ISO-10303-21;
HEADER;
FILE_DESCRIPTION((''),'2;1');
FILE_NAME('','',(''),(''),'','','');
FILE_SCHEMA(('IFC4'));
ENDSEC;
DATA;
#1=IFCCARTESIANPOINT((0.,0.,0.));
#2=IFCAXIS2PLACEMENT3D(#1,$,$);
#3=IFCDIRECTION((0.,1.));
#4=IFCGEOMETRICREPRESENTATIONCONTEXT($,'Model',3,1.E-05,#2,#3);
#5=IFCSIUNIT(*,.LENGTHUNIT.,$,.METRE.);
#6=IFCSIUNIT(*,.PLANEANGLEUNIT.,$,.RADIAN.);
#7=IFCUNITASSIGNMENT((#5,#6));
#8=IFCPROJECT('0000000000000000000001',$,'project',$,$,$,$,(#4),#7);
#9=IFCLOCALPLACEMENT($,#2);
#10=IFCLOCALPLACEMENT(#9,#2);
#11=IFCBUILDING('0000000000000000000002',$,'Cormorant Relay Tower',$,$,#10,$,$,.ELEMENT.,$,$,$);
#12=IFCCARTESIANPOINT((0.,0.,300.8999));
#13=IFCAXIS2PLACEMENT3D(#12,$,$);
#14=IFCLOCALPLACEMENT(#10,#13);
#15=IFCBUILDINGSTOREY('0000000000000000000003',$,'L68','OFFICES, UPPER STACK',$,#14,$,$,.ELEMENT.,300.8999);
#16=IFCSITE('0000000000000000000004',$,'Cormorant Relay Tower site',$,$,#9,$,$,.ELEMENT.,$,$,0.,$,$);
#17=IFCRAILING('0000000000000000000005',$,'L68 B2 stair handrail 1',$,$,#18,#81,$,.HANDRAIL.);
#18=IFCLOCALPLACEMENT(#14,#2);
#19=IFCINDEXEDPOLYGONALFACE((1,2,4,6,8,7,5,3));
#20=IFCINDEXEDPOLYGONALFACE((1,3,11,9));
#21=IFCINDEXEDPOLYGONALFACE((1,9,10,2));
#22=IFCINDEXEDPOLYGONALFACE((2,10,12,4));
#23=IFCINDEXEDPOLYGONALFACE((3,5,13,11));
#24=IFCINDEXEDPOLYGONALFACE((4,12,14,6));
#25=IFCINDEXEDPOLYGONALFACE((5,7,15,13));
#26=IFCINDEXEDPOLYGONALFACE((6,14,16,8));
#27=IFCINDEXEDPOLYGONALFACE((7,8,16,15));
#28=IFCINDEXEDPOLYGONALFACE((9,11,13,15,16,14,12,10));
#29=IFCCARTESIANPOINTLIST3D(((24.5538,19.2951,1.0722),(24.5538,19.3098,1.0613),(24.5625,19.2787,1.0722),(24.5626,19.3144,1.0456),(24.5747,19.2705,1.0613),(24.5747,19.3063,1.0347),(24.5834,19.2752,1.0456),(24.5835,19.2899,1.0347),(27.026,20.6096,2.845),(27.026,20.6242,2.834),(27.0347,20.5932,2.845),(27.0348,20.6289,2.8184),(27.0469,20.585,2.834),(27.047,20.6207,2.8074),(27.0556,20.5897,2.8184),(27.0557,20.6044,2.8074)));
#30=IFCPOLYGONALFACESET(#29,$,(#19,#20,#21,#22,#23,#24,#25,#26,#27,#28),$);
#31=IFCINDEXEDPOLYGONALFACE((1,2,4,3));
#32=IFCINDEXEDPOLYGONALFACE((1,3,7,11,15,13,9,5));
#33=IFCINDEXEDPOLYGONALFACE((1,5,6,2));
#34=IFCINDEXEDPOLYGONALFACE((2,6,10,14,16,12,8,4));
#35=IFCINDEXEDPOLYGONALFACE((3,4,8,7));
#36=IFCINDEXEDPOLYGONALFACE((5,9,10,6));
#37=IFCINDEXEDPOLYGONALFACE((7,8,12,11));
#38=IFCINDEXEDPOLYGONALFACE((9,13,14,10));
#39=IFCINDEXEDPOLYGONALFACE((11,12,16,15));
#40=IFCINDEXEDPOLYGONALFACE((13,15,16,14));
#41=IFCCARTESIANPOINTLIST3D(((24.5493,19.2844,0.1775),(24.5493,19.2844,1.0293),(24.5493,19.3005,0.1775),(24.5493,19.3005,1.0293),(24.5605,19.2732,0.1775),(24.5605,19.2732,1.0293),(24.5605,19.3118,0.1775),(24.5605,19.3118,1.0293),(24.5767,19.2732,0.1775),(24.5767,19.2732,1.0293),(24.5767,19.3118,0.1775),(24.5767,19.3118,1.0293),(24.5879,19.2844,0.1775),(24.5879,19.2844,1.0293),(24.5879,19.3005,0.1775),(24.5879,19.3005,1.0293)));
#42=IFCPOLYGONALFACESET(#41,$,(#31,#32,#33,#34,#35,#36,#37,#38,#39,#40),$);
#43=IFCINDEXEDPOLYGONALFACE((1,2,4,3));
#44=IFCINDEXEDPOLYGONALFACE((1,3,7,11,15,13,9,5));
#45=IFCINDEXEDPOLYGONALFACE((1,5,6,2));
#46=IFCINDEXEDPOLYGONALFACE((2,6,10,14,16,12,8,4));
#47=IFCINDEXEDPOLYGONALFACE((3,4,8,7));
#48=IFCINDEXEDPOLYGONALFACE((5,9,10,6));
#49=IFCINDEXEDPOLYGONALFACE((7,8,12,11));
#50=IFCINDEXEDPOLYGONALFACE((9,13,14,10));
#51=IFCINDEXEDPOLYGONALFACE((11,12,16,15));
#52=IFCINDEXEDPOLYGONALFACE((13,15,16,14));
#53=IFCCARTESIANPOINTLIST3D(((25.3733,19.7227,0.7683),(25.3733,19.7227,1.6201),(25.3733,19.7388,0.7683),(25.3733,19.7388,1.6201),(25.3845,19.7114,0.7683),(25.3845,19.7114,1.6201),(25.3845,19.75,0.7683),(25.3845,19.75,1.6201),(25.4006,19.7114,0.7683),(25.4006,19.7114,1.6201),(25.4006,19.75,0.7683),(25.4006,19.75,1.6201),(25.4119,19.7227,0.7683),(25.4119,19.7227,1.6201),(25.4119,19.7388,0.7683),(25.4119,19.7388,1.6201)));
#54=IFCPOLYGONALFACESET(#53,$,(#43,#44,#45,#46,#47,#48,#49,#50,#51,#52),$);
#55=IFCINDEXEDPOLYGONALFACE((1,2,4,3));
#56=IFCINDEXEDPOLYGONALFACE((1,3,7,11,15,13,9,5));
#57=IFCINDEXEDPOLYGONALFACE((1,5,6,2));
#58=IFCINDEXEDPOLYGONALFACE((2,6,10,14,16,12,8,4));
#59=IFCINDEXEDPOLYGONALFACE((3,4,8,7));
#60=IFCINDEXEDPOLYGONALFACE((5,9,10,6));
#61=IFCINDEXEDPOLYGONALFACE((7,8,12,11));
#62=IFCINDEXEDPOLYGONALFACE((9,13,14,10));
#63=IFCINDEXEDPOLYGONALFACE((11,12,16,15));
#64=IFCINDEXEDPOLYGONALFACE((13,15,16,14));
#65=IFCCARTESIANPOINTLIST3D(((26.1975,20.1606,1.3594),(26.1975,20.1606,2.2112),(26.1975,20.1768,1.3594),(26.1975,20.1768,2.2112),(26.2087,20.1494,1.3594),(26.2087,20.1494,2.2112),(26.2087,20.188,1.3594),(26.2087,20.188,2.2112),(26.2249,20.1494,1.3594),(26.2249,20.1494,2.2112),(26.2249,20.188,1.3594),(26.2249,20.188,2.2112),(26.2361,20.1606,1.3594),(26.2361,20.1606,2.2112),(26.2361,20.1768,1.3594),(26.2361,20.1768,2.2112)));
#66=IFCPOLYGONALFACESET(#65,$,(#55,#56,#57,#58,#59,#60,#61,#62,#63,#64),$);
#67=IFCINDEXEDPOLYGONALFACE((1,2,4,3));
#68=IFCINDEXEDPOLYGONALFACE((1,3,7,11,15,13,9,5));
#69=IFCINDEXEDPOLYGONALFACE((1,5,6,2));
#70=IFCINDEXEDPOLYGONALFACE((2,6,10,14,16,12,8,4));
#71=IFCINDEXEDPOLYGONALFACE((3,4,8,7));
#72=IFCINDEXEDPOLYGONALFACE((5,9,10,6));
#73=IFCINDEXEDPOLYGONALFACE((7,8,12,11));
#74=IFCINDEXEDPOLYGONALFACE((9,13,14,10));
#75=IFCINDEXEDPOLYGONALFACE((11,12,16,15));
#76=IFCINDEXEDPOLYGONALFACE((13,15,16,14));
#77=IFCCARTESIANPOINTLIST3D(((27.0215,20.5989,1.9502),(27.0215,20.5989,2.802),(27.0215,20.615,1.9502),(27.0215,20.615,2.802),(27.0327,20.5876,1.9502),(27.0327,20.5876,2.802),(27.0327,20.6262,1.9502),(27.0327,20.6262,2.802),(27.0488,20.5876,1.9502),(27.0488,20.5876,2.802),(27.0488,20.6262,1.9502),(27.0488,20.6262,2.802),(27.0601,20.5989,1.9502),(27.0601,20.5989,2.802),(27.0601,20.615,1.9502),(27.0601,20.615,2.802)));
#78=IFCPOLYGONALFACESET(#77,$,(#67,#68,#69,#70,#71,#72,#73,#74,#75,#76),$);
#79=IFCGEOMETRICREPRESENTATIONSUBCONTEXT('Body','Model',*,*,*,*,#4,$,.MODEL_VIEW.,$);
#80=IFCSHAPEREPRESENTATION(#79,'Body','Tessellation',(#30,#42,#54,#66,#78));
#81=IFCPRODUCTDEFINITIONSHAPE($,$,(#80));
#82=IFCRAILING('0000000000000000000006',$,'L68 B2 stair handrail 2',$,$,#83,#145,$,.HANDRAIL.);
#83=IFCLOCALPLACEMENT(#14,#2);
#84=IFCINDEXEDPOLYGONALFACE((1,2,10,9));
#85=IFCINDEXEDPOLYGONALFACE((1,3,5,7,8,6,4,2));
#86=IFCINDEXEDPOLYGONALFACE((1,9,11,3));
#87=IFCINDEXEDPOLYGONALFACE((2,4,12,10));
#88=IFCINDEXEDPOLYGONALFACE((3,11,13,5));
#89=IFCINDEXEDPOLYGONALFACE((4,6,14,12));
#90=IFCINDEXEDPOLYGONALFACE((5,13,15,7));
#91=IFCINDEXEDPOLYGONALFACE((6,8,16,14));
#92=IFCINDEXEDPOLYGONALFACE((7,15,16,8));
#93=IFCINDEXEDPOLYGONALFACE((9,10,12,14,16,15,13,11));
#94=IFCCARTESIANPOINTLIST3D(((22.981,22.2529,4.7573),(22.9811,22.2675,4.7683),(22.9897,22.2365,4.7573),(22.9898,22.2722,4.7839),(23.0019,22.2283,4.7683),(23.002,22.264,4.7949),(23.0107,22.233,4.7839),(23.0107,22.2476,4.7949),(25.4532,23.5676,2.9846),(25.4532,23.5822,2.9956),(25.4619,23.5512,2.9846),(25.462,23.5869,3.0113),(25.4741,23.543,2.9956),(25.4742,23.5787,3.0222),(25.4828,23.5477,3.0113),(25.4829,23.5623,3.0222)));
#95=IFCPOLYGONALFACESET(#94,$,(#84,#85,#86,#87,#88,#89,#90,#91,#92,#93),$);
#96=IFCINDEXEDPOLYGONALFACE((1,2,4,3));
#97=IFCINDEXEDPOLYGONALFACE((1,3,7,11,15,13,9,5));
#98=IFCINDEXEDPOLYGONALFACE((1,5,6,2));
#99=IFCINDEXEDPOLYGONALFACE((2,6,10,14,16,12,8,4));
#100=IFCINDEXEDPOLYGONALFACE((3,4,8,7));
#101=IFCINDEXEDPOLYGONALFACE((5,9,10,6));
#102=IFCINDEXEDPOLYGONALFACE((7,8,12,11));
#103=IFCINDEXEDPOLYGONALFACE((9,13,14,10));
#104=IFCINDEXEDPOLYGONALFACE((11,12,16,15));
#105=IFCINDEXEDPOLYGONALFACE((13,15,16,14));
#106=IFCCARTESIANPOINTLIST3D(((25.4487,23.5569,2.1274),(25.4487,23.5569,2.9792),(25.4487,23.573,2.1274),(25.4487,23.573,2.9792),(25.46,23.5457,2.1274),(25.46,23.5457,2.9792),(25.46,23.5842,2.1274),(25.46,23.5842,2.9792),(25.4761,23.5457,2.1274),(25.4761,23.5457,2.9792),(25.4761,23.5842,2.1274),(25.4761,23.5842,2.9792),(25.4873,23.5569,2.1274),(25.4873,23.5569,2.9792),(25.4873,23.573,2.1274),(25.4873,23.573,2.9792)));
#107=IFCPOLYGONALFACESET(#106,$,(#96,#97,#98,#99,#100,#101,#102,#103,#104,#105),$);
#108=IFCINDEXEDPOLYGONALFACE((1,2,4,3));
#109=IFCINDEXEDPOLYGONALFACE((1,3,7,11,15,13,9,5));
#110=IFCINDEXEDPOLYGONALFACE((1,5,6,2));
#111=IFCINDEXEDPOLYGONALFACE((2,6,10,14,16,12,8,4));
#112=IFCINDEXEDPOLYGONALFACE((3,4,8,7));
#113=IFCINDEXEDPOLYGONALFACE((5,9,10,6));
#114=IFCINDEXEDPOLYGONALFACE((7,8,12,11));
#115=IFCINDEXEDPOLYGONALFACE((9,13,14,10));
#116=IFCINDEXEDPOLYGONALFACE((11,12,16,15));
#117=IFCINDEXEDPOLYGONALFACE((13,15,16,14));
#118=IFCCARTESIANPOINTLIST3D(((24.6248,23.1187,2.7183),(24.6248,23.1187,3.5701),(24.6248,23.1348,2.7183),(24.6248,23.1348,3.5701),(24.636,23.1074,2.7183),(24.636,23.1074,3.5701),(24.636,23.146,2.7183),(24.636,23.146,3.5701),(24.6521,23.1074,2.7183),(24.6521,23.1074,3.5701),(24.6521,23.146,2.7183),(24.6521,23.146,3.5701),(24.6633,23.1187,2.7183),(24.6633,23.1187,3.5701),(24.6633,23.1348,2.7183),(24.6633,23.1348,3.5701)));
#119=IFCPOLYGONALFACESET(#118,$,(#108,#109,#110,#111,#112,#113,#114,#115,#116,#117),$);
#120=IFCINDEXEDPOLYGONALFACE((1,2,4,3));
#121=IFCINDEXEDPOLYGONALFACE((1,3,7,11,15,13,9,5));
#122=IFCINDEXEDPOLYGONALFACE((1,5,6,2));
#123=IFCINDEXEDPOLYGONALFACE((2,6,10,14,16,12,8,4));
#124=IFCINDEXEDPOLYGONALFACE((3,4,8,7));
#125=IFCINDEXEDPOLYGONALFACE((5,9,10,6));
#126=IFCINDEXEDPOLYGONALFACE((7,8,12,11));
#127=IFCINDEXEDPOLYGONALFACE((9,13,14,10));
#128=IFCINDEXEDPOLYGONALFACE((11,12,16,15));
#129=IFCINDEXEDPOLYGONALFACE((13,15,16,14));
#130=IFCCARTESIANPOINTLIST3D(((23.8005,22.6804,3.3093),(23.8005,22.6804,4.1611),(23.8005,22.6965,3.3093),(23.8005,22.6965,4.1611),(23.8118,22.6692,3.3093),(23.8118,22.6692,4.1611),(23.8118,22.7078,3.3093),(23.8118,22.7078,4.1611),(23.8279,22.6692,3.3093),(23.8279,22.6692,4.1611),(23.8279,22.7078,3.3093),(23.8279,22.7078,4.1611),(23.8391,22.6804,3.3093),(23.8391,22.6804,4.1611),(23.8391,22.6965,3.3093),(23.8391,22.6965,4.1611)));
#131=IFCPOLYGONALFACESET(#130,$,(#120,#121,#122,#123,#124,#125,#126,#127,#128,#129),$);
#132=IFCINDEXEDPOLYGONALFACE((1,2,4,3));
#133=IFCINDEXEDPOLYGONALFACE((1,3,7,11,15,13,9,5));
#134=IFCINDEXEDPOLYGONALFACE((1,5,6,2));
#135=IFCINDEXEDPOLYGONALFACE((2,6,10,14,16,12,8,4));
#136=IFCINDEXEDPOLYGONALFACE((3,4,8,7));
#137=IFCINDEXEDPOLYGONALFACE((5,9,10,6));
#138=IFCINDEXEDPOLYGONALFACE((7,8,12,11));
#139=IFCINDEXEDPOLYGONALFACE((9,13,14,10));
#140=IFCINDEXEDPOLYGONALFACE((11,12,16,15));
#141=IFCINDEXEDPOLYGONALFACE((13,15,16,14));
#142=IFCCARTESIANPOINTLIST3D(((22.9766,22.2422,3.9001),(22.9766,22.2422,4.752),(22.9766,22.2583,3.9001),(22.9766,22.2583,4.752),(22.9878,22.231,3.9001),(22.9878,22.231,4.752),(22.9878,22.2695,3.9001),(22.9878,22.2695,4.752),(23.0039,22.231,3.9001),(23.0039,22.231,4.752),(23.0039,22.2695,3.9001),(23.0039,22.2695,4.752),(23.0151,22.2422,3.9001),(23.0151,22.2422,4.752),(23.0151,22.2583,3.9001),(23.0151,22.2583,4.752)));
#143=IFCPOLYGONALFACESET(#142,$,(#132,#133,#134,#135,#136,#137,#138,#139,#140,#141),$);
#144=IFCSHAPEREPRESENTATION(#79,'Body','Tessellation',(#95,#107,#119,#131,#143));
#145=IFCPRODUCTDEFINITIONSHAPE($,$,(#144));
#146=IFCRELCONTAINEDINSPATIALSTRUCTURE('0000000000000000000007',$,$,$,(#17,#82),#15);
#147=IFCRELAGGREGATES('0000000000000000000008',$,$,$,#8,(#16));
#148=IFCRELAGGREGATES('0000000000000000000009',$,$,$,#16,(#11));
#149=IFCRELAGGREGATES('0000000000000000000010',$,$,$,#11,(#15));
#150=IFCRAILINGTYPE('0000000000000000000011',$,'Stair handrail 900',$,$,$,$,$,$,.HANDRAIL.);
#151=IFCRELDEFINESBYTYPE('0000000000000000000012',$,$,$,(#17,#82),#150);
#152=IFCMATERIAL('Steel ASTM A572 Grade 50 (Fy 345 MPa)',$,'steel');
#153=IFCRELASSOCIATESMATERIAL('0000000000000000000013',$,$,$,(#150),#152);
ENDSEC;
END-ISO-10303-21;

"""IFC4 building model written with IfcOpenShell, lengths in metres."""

from ifc_helpers import new_model, si_unit, direction, frame, origin, place, context, subcontext, project, spatial, polyline, outline, extrude, material, type_object, element, save


model = new_model("IFC4")

# Units and contexts
model_context = context("Model", 3, precision=1e-05, world=origin(), true_north=direction((0.0, 1.0)))
body_context = subcontext(model_context, "Body", "Model", "MODEL_VIEW")
ifc_project = project(units=[si_unit("LENGTHUNIT", "METRE"), si_unit("PLANEANGLEUNIT", "RADIAN")], contexts=[model_context])

# Site, building, storey
site_placement = place(None, origin())
site = spatial("IfcSite", under=ifc_project, at=site_placement, Name="Cormorant Relay Tower site", CompositionType="ELEMENT", RefElevation=0.0)
building_placement = place(site_placement, origin())
building = spatial("IfcBuilding", under=site, at=building_placement, Name="Cormorant Relay Tower", CompositionType="ELEMENT")
storey_placement = place(building_placement, frame((0.0, 0.0, 300.8999)))
storey = spatial("IfcBuildingStorey", under=building, at=storey_placement, Name="L68", Description="OFFICES, UPPER STACK", CompositionType="ELEMENT", Elevation=300.8999)

# Railings
ifc_material_1 = material(Name="Steel ASTM A572 Grade 50 (Fy 345 MPa)", Category="steel")
railing_type_1 = type_object("IfcRailingType", Name="Stair handrail 900", PredefinedType="HANDRAIL", material=ifc_material_1)
railing_1_placement = place(storey_placement, frame((24.5686, 19.2925, 0.1775)))
element("IfcRailing", 1, at=railing_1_placement, inside=storey, type_object=railing_type_1, Name="L68 B2 stair handrail 1", PredefinedType="HANDRAIL", context=body_context, shape_type="SweptSolid", body=[
    extrude(outline(polyline([(0.0222, 0.0093), (0.0093, 0.0222), (-0.0093, 0.0222), (-0.0222, 0.0093), (-0.0222, -0.0093), (-0.0093, -0.0222), (0.0093, -0.0222), (0.0222, -0.0093), (0.0222, 0.0093)])), frame((0.0, 0.0, 0.876), z_axis=(0.746001, 0.396649, 0.534931), x_axis=(-0.469465, 0.882951, 0.0)), (0.0, 0.0, 1.0), 3.314),
    extrude(outline(polyline([(0.0193, 0.0081), (0.0081, 0.0193), (-0.0081, 0.0193), (-0.0193, 0.0081), (-0.0193, -0.0081), (-0.0081, -0.0193), (0.0081, -0.0193), (0.0193, -0.0081), (0.0193, 0.0081)])), origin(), (0.0, 0.0, 1.0), 0.8518),
    extrude(outline(polyline([(0.0193, 0.0081), (0.0081, 0.0193), (-0.0081, 0.0193), (-0.0193, 0.0081), (-0.0193, -0.0081), (-0.0081, -0.0193), (0.0081, -0.0193), (0.0193, -0.0081), (0.0193, 0.0081)])), frame((0.824, 0.4382, 0.5908)), (0.0, 0.0, 1.0), 0.8518),
    extrude(outline(polyline([(0.0193, 0.0081), (0.0081, 0.0193), (-0.0081, 0.0193), (-0.0193, 0.0081), (-0.0193, -0.0081), (-0.0081, -0.0193), (0.0081, -0.0193), (0.0193, -0.0081), (0.0193, 0.0081)])), frame((1.6482, 0.8762, 1.1819)), (0.0, 0.0, 1.0), 0.8518),
    extrude(outline(polyline([(0.0193, 0.0081), (0.0081, 0.0193), (-0.0081, 0.0193), (-0.0193, 0.0081), (-0.0193, -0.0081), (-0.0081, -0.0193), (0.0081, -0.0193), (0.0193, -0.0081), (0.0193, 0.0081)])), frame((2.4722, 1.3145, 1.7727)), (0.0, 0.0, 1.0), 0.8518),
])
railing_2_placement = place(storey_placement, frame((25.468, 23.5649, 2.1274)))
element("IfcRailing", 2, at=railing_2_placement, inside=storey, type_object=railing_type_1, Name="L68 B2 stair handrail 2", PredefinedType="HANDRAIL", context=body_context, shape_type="SweptSolid", body=[
    extrude(outline(polyline([(0.0222, 0.0093), (0.0093, 0.0222), (-0.0093, 0.0222), (-0.0222, 0.0093), (-0.0222, -0.0093), (-0.0093, -0.0222), (0.0093, -0.0222), (0.0222, -0.0093), (0.0222, 0.0093)])), frame((0.0, 0.0, 0.876), z_axis=(-0.745979, -0.396711, 0.534916), x_axis=(0.469533, -0.882915, 0.0)), (0.0, 0.0, 1.0), 3.314),
    extrude(outline(polyline([(0.0193, 0.0081), (0.0081, 0.0193), (-0.0081, 0.0193), (-0.0193, 0.0081), (-0.0193, -0.0081), (-0.0081, -0.0193), (0.0081, -0.0193), (0.0193, -0.0081), (0.0193, 0.0081)])), origin(), (0.0, 0.0, 1.0), 0.8518),
    extrude(outline(polyline([(0.0193, 0.0081), (0.0081, 0.0193), (-0.0081, 0.0193), (-0.0193, 0.0081), (-0.0193, -0.0081), (-0.0081, -0.0193), (0.0081, -0.0193), (0.0193, -0.0081), (0.0193, 0.0081)])), frame((-0.824, -0.4382, 0.5908)), (0.0, 0.0, 1.0), 0.8518),
    extrude(outline(polyline([(0.0193, 0.0081), (0.0081, 0.0193), (-0.0081, 0.0193), (-0.0193, 0.0081), (-0.0193, -0.0081), (-0.0081, -0.0193), (0.0081, -0.0193), (0.0193, -0.0081), (0.0193, 0.0081)])), frame((-1.6482, -0.8765, 1.1819)), (0.0, 0.0, 1.0), 0.8518),
    extrude(outline(polyline([(0.0193, 0.0081), (0.0081, 0.0193), (-0.0081, 0.0193), (-0.0193, 0.0081), (-0.0193, -0.0081), (-0.0081, -0.0193), (0.0081, -0.0193), (0.0193, -0.0081), (0.0193, 0.0081)])), frame((-2.4722, -1.3147, 1.7727)), (0.0, 0.0, 1.0), 0.8518),
])

save(model, "model.ifc")
